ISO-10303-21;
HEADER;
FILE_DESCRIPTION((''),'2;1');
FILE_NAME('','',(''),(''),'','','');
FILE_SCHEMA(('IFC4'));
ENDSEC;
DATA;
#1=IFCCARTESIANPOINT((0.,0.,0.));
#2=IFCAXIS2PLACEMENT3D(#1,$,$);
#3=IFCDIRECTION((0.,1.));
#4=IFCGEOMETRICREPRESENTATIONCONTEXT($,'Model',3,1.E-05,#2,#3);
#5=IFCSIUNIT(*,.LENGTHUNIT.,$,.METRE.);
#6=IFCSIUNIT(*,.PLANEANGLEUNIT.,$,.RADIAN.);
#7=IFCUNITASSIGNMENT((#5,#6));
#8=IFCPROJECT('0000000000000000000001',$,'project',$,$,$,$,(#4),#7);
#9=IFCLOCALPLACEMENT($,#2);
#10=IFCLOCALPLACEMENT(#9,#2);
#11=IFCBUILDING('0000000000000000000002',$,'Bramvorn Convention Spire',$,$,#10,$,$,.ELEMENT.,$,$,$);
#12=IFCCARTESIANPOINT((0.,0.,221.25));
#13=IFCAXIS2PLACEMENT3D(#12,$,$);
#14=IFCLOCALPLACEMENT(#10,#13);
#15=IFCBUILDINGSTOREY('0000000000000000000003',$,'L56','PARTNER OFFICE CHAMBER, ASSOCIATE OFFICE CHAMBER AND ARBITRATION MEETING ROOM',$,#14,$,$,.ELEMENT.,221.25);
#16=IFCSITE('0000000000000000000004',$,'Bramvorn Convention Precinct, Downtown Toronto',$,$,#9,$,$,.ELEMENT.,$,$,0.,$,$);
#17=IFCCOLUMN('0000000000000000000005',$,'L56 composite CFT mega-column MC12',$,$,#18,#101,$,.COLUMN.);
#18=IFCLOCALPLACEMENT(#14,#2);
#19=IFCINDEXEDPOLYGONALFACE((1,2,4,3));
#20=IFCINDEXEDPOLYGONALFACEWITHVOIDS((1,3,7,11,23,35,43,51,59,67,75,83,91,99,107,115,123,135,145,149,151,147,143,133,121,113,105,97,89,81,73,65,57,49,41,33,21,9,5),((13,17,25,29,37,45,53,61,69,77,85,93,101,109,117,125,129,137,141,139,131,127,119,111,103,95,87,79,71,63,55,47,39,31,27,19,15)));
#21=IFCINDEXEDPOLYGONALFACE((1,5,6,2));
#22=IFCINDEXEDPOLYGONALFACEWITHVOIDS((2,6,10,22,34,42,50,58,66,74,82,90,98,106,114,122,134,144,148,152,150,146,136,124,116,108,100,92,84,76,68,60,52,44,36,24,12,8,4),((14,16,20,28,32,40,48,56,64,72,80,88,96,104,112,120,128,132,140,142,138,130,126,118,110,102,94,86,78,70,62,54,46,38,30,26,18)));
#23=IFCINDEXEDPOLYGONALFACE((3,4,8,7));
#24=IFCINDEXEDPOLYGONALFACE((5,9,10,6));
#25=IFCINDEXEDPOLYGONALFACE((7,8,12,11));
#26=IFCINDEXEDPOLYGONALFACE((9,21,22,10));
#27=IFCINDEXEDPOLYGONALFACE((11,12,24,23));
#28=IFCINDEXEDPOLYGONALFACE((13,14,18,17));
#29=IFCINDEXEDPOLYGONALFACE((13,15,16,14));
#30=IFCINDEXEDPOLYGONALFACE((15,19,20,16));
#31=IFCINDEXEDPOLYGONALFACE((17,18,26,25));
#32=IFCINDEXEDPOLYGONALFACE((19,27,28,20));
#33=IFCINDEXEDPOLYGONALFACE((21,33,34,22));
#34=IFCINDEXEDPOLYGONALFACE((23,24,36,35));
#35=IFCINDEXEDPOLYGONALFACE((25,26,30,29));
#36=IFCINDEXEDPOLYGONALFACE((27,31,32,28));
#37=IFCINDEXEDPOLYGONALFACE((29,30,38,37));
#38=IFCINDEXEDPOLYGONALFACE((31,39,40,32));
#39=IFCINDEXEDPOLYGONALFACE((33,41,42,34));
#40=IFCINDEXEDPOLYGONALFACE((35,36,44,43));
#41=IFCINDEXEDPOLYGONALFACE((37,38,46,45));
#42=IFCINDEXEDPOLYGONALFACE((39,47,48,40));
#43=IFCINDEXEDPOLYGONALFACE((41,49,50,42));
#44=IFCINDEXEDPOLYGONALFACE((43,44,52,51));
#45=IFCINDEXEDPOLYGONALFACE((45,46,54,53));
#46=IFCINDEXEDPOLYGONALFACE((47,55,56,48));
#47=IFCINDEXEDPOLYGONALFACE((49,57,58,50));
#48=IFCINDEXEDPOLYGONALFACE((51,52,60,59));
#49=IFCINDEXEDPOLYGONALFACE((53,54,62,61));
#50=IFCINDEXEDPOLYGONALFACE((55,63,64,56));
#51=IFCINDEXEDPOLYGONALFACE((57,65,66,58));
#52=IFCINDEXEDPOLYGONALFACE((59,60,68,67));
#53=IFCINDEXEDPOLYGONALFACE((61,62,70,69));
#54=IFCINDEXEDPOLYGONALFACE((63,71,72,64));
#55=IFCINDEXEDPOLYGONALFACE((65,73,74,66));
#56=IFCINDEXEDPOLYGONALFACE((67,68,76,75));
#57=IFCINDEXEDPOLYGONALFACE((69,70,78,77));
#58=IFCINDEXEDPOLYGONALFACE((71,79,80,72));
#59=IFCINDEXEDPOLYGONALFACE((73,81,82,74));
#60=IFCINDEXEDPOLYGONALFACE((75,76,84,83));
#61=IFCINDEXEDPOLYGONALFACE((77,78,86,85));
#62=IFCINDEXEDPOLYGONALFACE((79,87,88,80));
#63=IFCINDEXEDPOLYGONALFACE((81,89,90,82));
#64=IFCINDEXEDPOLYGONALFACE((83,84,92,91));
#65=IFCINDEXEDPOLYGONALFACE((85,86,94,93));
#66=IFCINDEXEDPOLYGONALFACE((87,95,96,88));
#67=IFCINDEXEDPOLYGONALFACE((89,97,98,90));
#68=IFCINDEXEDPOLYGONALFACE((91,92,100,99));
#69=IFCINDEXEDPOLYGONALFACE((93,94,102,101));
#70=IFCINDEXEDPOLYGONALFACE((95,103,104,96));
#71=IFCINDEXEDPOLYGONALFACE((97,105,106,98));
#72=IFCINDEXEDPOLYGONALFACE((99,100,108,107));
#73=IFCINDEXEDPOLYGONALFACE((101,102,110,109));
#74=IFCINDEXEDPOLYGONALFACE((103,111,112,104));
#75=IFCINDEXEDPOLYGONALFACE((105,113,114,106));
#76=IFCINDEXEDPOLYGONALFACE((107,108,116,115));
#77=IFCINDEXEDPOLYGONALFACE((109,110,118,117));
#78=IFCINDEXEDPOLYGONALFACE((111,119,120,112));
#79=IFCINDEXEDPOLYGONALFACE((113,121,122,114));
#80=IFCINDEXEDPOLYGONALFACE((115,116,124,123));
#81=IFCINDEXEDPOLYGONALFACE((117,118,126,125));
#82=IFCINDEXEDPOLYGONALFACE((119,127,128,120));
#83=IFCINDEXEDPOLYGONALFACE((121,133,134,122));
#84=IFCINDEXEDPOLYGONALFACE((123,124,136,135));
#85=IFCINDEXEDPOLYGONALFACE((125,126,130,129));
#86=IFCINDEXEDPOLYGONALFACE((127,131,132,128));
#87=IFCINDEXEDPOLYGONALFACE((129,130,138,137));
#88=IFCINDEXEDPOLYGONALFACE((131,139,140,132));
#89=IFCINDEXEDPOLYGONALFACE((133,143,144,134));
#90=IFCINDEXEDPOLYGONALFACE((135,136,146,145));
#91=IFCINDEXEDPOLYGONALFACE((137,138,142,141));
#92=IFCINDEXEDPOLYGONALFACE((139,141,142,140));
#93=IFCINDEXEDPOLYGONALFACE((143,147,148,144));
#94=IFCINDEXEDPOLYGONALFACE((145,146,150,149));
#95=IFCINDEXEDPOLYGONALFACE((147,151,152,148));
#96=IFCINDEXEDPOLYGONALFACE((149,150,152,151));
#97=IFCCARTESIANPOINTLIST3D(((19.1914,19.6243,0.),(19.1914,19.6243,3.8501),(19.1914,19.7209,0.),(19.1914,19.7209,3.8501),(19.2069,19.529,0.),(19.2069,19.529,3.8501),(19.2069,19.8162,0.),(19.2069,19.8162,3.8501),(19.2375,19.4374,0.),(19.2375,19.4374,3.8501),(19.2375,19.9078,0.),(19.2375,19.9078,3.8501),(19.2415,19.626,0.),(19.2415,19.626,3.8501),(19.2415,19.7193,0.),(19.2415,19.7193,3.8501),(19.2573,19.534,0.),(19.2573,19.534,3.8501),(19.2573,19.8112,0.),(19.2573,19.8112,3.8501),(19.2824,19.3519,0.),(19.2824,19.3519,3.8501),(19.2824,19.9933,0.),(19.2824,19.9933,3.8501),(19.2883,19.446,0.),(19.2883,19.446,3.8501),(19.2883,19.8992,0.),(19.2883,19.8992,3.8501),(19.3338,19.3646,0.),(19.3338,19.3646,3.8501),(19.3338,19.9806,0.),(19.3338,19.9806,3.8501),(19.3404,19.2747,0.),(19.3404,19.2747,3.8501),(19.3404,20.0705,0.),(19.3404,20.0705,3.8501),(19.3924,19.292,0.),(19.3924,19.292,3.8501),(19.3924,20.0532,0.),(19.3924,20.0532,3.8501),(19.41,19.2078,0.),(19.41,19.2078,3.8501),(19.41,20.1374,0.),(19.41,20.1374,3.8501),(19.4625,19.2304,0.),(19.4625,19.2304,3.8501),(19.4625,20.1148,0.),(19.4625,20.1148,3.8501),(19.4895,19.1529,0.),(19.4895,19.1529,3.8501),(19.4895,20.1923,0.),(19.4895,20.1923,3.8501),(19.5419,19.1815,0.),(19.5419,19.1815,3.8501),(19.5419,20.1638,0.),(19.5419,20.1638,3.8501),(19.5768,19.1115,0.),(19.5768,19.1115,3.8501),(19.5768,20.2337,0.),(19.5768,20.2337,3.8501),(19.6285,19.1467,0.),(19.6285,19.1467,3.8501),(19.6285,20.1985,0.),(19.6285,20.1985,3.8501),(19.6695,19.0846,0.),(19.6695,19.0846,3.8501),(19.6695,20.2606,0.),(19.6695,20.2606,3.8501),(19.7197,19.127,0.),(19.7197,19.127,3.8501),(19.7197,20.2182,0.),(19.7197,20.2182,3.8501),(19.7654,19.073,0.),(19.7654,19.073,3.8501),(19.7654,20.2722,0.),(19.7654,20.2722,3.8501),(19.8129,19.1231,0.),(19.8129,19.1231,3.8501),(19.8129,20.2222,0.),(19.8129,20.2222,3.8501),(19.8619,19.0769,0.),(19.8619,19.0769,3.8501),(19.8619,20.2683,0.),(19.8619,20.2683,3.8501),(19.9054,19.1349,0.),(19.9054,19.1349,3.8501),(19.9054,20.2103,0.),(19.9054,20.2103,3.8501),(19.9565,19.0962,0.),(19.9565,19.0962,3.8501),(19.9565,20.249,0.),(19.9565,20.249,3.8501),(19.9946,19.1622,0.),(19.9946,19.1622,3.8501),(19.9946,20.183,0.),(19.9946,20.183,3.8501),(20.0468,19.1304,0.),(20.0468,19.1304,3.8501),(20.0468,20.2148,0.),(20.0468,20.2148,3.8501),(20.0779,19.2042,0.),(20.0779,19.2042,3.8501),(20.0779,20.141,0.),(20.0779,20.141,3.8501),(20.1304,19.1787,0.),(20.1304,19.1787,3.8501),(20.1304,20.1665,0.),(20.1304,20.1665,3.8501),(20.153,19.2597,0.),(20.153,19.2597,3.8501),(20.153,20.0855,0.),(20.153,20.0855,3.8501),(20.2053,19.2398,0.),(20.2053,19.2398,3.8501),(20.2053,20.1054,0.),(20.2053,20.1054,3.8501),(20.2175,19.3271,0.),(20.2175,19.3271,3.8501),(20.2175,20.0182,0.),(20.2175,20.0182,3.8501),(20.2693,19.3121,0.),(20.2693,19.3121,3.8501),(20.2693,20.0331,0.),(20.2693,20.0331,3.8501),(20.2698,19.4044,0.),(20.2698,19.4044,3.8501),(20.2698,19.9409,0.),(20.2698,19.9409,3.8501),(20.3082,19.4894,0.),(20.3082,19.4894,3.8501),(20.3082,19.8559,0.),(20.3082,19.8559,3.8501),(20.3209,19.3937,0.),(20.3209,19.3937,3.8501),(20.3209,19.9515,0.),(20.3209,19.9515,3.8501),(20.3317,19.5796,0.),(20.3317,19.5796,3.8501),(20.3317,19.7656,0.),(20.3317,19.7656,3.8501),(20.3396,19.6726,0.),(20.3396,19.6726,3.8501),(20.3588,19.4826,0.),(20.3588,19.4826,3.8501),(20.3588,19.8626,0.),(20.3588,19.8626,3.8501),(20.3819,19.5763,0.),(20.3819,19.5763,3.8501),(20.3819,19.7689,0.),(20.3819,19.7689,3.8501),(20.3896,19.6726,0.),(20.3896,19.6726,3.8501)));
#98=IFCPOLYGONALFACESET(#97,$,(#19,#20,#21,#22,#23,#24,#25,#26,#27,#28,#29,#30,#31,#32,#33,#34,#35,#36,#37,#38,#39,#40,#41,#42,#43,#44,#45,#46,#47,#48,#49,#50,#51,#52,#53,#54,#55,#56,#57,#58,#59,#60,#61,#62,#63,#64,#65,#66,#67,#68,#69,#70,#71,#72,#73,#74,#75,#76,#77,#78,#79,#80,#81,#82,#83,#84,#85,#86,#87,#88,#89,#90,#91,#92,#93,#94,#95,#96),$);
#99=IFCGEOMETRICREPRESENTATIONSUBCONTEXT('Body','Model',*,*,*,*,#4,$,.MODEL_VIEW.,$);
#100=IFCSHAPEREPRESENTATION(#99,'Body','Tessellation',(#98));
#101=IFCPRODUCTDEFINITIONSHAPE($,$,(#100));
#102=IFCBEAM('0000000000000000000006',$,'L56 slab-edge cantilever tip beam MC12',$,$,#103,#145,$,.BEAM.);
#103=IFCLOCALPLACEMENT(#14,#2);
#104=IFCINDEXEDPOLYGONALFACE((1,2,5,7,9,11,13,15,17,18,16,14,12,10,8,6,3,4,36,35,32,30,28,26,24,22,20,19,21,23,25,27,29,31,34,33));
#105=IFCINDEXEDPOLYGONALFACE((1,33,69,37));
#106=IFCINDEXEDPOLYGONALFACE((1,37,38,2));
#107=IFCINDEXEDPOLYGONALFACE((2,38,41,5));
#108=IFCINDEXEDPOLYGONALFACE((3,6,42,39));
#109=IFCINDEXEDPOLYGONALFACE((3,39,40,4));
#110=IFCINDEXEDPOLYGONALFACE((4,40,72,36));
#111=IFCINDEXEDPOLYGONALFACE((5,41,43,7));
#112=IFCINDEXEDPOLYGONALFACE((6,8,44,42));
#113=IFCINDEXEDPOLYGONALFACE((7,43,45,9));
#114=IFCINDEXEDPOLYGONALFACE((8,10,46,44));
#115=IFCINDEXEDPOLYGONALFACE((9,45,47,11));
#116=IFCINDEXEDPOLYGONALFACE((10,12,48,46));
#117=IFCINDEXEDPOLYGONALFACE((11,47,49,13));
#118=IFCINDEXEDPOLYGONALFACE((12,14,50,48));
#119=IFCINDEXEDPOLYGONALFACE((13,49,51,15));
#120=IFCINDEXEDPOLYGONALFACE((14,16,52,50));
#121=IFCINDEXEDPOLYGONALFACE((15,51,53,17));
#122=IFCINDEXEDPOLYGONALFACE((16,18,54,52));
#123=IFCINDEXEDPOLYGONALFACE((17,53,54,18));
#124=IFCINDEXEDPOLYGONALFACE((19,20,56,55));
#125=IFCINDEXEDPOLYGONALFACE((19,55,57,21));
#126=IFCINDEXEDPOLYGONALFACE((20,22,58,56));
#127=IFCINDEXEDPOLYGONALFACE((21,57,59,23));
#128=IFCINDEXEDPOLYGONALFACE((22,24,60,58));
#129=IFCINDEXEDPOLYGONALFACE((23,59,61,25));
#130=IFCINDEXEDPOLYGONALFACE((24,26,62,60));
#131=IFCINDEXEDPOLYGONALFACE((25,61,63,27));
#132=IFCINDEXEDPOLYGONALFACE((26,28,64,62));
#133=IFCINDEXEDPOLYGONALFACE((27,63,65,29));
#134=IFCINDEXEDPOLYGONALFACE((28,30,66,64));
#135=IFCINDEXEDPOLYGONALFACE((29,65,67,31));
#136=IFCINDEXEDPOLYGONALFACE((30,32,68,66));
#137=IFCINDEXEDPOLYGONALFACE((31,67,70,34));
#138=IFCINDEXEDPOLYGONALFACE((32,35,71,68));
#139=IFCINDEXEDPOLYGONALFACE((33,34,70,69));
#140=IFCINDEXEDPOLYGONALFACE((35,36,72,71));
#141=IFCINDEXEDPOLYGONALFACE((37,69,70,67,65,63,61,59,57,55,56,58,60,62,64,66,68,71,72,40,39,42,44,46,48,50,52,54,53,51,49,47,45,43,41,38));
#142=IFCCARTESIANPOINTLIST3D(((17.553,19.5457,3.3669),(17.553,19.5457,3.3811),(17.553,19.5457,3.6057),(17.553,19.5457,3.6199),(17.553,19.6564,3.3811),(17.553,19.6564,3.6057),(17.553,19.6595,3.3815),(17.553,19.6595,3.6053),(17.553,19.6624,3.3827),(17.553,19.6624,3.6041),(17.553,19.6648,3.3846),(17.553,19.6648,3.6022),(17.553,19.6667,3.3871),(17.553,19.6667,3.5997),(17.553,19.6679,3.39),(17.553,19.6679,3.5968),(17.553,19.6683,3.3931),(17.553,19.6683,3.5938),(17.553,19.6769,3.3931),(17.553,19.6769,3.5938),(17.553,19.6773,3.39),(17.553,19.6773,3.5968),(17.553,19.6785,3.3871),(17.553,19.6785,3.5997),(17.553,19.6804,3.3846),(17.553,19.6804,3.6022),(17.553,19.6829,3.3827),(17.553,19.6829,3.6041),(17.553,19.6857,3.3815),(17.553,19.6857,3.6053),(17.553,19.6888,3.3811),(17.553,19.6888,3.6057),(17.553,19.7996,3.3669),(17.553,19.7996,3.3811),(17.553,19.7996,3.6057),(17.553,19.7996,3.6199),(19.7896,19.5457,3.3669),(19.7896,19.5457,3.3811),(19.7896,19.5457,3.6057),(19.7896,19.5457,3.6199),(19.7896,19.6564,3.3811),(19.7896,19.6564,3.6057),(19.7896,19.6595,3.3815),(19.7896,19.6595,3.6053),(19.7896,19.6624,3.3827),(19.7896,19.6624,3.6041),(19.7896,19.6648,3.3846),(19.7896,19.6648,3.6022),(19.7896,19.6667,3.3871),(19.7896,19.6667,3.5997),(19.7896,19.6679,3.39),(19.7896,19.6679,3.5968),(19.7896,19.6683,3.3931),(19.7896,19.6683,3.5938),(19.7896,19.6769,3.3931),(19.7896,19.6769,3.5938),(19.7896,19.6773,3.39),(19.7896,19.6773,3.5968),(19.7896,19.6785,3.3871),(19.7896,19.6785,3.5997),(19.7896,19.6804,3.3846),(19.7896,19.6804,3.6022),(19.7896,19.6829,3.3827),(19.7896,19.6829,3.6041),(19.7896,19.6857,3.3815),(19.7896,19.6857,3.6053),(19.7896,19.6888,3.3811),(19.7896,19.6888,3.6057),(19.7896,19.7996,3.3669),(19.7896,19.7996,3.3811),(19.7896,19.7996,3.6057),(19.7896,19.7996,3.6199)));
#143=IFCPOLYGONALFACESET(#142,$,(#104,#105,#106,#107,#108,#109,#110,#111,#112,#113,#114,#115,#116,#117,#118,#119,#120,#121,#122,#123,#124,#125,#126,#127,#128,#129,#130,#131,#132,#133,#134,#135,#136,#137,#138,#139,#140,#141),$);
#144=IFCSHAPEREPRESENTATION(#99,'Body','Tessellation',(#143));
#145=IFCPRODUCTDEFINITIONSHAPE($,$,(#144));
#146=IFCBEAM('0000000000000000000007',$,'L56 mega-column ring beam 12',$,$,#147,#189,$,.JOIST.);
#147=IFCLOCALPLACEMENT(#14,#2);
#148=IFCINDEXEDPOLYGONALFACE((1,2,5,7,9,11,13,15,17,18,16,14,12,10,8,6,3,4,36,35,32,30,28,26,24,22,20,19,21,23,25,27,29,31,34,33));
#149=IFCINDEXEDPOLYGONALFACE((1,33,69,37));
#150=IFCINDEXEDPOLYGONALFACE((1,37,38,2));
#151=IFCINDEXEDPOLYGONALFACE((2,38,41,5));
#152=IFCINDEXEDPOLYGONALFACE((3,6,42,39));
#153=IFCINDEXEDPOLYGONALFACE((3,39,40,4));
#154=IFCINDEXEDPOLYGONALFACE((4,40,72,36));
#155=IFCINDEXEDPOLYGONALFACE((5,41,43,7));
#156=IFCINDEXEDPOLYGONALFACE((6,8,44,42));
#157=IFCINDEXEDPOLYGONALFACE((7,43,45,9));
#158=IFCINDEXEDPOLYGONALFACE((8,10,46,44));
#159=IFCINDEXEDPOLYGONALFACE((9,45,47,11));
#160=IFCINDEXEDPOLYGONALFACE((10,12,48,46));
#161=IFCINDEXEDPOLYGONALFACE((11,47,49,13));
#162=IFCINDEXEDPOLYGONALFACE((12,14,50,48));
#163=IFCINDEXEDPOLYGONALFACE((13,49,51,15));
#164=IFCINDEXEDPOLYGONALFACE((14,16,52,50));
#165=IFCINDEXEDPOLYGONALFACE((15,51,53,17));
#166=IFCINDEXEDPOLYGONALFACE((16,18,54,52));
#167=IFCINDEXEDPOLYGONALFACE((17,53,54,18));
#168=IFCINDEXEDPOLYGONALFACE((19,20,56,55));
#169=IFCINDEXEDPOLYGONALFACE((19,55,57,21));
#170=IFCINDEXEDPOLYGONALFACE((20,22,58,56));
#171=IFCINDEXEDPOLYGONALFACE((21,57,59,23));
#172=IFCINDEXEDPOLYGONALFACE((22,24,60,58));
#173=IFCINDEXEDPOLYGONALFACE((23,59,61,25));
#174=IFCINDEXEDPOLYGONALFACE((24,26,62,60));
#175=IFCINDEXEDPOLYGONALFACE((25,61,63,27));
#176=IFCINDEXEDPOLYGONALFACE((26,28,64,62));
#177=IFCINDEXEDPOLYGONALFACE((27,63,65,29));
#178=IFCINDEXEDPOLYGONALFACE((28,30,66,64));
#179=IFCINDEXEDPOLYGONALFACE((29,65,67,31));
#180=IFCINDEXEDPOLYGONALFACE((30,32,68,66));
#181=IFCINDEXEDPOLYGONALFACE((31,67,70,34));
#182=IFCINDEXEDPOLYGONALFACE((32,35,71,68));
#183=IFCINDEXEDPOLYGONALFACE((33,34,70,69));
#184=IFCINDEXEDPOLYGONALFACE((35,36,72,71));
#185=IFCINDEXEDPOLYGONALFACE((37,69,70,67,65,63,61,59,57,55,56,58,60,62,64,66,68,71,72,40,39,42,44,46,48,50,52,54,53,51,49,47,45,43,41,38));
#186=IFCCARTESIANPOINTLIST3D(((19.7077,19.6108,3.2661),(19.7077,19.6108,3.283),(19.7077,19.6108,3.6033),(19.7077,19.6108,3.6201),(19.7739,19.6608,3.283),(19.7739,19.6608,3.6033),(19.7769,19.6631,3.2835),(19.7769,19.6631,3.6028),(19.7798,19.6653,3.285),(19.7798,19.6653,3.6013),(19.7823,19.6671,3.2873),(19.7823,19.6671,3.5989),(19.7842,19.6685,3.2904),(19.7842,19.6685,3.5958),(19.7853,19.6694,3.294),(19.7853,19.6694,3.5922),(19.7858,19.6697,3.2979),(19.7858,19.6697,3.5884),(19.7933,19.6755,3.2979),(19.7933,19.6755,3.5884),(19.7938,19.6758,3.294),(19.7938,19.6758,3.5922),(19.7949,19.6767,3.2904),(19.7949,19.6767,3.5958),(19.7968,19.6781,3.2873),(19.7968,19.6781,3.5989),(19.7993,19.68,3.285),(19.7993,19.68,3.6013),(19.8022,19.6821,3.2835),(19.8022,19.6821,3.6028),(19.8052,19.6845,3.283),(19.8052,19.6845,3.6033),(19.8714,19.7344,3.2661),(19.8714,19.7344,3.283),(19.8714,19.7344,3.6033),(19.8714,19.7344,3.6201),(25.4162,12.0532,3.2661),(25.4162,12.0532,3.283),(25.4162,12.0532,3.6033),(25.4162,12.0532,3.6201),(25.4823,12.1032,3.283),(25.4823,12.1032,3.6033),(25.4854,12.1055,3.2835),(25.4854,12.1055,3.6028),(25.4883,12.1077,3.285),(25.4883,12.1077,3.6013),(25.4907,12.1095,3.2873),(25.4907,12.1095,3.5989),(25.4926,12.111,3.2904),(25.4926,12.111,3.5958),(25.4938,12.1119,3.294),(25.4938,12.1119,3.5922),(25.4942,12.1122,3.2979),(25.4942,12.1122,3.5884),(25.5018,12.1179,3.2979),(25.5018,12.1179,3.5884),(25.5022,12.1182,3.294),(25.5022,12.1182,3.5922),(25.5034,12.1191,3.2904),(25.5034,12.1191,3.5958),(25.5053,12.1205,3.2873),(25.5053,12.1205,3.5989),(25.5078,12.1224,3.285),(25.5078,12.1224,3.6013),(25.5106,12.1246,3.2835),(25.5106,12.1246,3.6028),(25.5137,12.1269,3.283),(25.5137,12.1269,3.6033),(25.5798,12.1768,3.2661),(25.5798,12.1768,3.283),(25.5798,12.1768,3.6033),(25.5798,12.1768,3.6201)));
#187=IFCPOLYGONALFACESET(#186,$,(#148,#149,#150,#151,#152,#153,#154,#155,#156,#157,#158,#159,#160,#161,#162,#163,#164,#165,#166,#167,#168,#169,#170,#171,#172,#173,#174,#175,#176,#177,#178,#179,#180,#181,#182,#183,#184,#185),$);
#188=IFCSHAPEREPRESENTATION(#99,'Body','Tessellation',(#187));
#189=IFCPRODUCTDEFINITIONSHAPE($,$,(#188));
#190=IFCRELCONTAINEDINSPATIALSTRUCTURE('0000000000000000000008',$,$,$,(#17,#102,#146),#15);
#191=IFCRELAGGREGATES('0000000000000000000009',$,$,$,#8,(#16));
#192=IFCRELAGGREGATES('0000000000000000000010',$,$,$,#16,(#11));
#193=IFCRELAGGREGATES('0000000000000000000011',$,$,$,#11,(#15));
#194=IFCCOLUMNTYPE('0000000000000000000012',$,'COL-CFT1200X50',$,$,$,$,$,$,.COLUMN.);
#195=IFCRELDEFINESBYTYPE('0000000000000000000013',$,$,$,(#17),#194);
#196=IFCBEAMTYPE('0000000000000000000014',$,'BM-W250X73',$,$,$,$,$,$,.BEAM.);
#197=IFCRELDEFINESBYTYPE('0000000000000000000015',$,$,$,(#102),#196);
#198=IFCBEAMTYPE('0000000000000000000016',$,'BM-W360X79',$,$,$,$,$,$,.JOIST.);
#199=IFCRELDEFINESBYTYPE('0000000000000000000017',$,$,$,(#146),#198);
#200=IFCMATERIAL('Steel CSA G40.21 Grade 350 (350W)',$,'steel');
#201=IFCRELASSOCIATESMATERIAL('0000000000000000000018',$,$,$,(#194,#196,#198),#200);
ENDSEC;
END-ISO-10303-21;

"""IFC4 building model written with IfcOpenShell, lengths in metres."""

from ifc_helpers import new_model, si_unit, direction, frame, origin, origin_2d, place, context, subcontext, project, spatial, hollow_circle, i_section, extrude, material, material_profile, profile_set, type_object, element, save


model = new_model("IFC4")

# Units and contexts
model_context = context("Model", 3, precision=1e-05, world=origin(), true_north=direction((0.0, 1.0)))
body_context = subcontext(model_context, "Body", "Model", "MODEL_VIEW")
ifc_project = project(units=[si_unit("LENGTHUNIT", "METRE"), si_unit("PLANEANGLEUNIT", "RADIAN")], contexts=[model_context])

# Site, building, storey
site_placement = place(None, origin())
site = spatial("IfcSite", under=ifc_project, at=site_placement, Name="Bramvorn Convention Precinct, Downtown Toronto", CompositionType="ELEMENT", RefElevation=0.0)
building_placement = place(site_placement, origin())
building = spatial("IfcBuilding", under=site, at=building_placement, Name="Bramvorn Convention Spire", CompositionType="ELEMENT")
storey_placement = place(building_placement, frame((0.0, 0.0, 221.25)))
storey = spatial("IfcBuildingStorey", under=building, at=storey_placement, Name="L56", Description="PARTNER OFFICE CHAMBER, ASSOCIATE OFFICE CHAMBER AND ARBITRATION MEETING ROOM", CompositionType="ELEMENT", Elevation=221.25)

# Column
ifc_material_1 = material(Name="Steel CSA G40.21 Grade 350 (350W)", Category="steel")
ifc_material_profile_1 = material_profile(ifc_material_1, hollow_circle(Radius=0.6001, WallThickness=0.05, at=origin_2d()))
ifc_profile_set_1 = profile_set([ifc_material_profile_1], Name="Steel CSA G40.21 Grade 350 (350W) - CFT1200X50")
column_type = type_object("IfcColumnType", Name="COL-CFT1200X50", PredefinedType="COLUMN", material=ifc_profile_set_1)
column_placement = place(storey_placement, frame((19.7896, 19.6726, 0.0), z_axis=(0.0, 0.0, 1.0), x_axis=(1.0, 0.0, 0.0)))
element("IfcColumn", 1, at=column_placement, inside=storey, type_object=column_type, Name="L56 composite CFT mega-column MC12", PredefinedType="COLUMN", context=body_context, shape_type="SweptSolid", body=[
    extrude(hollow_circle(Radius=0.6001, WallThickness=0.05, at=origin_2d()), origin(), (0.0, 0.0, 1.0), 3.8501),
])

# Beams
ifc_material_profile_2 = material_profile(ifc_material_1, i_section(OverallWidth=0.2539, OverallDepth=0.2529, WebThickness=0.0085, FlangeThickness=0.0142, FilletRadius=0.012, at=origin_2d()))
ifc_profile_set_2 = profile_set([ifc_material_profile_2], Name="Steel CSA G40.21 Grade 350 (350W) - W250X73")
beam_type_1 = type_object("IfcBeamType", Name="BM-W250X73", PredefinedType="BEAM", material=ifc_profile_set_2)
beam_1_placement = place(storey_placement, frame((19.7896, 19.6726, 3.4934), z_axis=(-1.0, 0.0, 0.0), x_axis=(0.0, -1.0, 0.0)))
element("IfcBeam", 2, at=beam_1_placement, inside=storey, type_object=beam_type_1, Name="L56 slab-edge cantilever tip beam MC12", PredefinedType="BEAM", context=body_context, shape_type="SweptSolid", body=[
    extrude(i_section(OverallWidth=0.2539, OverallDepth=0.2529, WebThickness=0.0085, FlangeThickness=0.0142, FilletRadius=0.012, at=origin_2d()), origin(), (0.0, 0.0, 1.0), 2.2366),
])
ifc_material_profile_3 = material_profile(ifc_material_1, i_section(OverallWidth=0.2051, OverallDepth=0.354, WebThickness=0.0095, FlangeThickness=0.0168, FilletRadius=0.0149, at=origin_2d()))
ifc_profile_set_3 = profile_set([ifc_material_profile_3], Name="Steel CSA G40.21 Grade 350 (350W) - W360X79")
beam_type_2 = type_object("IfcBeamType", Name="BM-W360X79", PredefinedType="JOIST", material=ifc_profile_set_3)
beam_2_placement = place(storey_placement, frame((19.7896, 19.6726, 3.4431), z_axis=(0.602719, -0.797954, 0.0), x_axis=(0.797954, 0.602719, 0.0)))
element("IfcBeam", 3, at=beam_2_placement, inside=storey, type_object=beam_type_2, Name="L56 mega-column ring beam 12", PredefinedType="JOIST", context=body_context, shape_type="SweptSolid", body=[
    extrude(i_section(OverallWidth=0.2051, OverallDepth=0.354, WebThickness=0.0095, FlangeThickness=0.0168, FilletRadius=0.0149, at=origin_2d()), origin(), (0.0, 0.0, 1.0), 9.4712),
])

save(model, "model.ifc")
